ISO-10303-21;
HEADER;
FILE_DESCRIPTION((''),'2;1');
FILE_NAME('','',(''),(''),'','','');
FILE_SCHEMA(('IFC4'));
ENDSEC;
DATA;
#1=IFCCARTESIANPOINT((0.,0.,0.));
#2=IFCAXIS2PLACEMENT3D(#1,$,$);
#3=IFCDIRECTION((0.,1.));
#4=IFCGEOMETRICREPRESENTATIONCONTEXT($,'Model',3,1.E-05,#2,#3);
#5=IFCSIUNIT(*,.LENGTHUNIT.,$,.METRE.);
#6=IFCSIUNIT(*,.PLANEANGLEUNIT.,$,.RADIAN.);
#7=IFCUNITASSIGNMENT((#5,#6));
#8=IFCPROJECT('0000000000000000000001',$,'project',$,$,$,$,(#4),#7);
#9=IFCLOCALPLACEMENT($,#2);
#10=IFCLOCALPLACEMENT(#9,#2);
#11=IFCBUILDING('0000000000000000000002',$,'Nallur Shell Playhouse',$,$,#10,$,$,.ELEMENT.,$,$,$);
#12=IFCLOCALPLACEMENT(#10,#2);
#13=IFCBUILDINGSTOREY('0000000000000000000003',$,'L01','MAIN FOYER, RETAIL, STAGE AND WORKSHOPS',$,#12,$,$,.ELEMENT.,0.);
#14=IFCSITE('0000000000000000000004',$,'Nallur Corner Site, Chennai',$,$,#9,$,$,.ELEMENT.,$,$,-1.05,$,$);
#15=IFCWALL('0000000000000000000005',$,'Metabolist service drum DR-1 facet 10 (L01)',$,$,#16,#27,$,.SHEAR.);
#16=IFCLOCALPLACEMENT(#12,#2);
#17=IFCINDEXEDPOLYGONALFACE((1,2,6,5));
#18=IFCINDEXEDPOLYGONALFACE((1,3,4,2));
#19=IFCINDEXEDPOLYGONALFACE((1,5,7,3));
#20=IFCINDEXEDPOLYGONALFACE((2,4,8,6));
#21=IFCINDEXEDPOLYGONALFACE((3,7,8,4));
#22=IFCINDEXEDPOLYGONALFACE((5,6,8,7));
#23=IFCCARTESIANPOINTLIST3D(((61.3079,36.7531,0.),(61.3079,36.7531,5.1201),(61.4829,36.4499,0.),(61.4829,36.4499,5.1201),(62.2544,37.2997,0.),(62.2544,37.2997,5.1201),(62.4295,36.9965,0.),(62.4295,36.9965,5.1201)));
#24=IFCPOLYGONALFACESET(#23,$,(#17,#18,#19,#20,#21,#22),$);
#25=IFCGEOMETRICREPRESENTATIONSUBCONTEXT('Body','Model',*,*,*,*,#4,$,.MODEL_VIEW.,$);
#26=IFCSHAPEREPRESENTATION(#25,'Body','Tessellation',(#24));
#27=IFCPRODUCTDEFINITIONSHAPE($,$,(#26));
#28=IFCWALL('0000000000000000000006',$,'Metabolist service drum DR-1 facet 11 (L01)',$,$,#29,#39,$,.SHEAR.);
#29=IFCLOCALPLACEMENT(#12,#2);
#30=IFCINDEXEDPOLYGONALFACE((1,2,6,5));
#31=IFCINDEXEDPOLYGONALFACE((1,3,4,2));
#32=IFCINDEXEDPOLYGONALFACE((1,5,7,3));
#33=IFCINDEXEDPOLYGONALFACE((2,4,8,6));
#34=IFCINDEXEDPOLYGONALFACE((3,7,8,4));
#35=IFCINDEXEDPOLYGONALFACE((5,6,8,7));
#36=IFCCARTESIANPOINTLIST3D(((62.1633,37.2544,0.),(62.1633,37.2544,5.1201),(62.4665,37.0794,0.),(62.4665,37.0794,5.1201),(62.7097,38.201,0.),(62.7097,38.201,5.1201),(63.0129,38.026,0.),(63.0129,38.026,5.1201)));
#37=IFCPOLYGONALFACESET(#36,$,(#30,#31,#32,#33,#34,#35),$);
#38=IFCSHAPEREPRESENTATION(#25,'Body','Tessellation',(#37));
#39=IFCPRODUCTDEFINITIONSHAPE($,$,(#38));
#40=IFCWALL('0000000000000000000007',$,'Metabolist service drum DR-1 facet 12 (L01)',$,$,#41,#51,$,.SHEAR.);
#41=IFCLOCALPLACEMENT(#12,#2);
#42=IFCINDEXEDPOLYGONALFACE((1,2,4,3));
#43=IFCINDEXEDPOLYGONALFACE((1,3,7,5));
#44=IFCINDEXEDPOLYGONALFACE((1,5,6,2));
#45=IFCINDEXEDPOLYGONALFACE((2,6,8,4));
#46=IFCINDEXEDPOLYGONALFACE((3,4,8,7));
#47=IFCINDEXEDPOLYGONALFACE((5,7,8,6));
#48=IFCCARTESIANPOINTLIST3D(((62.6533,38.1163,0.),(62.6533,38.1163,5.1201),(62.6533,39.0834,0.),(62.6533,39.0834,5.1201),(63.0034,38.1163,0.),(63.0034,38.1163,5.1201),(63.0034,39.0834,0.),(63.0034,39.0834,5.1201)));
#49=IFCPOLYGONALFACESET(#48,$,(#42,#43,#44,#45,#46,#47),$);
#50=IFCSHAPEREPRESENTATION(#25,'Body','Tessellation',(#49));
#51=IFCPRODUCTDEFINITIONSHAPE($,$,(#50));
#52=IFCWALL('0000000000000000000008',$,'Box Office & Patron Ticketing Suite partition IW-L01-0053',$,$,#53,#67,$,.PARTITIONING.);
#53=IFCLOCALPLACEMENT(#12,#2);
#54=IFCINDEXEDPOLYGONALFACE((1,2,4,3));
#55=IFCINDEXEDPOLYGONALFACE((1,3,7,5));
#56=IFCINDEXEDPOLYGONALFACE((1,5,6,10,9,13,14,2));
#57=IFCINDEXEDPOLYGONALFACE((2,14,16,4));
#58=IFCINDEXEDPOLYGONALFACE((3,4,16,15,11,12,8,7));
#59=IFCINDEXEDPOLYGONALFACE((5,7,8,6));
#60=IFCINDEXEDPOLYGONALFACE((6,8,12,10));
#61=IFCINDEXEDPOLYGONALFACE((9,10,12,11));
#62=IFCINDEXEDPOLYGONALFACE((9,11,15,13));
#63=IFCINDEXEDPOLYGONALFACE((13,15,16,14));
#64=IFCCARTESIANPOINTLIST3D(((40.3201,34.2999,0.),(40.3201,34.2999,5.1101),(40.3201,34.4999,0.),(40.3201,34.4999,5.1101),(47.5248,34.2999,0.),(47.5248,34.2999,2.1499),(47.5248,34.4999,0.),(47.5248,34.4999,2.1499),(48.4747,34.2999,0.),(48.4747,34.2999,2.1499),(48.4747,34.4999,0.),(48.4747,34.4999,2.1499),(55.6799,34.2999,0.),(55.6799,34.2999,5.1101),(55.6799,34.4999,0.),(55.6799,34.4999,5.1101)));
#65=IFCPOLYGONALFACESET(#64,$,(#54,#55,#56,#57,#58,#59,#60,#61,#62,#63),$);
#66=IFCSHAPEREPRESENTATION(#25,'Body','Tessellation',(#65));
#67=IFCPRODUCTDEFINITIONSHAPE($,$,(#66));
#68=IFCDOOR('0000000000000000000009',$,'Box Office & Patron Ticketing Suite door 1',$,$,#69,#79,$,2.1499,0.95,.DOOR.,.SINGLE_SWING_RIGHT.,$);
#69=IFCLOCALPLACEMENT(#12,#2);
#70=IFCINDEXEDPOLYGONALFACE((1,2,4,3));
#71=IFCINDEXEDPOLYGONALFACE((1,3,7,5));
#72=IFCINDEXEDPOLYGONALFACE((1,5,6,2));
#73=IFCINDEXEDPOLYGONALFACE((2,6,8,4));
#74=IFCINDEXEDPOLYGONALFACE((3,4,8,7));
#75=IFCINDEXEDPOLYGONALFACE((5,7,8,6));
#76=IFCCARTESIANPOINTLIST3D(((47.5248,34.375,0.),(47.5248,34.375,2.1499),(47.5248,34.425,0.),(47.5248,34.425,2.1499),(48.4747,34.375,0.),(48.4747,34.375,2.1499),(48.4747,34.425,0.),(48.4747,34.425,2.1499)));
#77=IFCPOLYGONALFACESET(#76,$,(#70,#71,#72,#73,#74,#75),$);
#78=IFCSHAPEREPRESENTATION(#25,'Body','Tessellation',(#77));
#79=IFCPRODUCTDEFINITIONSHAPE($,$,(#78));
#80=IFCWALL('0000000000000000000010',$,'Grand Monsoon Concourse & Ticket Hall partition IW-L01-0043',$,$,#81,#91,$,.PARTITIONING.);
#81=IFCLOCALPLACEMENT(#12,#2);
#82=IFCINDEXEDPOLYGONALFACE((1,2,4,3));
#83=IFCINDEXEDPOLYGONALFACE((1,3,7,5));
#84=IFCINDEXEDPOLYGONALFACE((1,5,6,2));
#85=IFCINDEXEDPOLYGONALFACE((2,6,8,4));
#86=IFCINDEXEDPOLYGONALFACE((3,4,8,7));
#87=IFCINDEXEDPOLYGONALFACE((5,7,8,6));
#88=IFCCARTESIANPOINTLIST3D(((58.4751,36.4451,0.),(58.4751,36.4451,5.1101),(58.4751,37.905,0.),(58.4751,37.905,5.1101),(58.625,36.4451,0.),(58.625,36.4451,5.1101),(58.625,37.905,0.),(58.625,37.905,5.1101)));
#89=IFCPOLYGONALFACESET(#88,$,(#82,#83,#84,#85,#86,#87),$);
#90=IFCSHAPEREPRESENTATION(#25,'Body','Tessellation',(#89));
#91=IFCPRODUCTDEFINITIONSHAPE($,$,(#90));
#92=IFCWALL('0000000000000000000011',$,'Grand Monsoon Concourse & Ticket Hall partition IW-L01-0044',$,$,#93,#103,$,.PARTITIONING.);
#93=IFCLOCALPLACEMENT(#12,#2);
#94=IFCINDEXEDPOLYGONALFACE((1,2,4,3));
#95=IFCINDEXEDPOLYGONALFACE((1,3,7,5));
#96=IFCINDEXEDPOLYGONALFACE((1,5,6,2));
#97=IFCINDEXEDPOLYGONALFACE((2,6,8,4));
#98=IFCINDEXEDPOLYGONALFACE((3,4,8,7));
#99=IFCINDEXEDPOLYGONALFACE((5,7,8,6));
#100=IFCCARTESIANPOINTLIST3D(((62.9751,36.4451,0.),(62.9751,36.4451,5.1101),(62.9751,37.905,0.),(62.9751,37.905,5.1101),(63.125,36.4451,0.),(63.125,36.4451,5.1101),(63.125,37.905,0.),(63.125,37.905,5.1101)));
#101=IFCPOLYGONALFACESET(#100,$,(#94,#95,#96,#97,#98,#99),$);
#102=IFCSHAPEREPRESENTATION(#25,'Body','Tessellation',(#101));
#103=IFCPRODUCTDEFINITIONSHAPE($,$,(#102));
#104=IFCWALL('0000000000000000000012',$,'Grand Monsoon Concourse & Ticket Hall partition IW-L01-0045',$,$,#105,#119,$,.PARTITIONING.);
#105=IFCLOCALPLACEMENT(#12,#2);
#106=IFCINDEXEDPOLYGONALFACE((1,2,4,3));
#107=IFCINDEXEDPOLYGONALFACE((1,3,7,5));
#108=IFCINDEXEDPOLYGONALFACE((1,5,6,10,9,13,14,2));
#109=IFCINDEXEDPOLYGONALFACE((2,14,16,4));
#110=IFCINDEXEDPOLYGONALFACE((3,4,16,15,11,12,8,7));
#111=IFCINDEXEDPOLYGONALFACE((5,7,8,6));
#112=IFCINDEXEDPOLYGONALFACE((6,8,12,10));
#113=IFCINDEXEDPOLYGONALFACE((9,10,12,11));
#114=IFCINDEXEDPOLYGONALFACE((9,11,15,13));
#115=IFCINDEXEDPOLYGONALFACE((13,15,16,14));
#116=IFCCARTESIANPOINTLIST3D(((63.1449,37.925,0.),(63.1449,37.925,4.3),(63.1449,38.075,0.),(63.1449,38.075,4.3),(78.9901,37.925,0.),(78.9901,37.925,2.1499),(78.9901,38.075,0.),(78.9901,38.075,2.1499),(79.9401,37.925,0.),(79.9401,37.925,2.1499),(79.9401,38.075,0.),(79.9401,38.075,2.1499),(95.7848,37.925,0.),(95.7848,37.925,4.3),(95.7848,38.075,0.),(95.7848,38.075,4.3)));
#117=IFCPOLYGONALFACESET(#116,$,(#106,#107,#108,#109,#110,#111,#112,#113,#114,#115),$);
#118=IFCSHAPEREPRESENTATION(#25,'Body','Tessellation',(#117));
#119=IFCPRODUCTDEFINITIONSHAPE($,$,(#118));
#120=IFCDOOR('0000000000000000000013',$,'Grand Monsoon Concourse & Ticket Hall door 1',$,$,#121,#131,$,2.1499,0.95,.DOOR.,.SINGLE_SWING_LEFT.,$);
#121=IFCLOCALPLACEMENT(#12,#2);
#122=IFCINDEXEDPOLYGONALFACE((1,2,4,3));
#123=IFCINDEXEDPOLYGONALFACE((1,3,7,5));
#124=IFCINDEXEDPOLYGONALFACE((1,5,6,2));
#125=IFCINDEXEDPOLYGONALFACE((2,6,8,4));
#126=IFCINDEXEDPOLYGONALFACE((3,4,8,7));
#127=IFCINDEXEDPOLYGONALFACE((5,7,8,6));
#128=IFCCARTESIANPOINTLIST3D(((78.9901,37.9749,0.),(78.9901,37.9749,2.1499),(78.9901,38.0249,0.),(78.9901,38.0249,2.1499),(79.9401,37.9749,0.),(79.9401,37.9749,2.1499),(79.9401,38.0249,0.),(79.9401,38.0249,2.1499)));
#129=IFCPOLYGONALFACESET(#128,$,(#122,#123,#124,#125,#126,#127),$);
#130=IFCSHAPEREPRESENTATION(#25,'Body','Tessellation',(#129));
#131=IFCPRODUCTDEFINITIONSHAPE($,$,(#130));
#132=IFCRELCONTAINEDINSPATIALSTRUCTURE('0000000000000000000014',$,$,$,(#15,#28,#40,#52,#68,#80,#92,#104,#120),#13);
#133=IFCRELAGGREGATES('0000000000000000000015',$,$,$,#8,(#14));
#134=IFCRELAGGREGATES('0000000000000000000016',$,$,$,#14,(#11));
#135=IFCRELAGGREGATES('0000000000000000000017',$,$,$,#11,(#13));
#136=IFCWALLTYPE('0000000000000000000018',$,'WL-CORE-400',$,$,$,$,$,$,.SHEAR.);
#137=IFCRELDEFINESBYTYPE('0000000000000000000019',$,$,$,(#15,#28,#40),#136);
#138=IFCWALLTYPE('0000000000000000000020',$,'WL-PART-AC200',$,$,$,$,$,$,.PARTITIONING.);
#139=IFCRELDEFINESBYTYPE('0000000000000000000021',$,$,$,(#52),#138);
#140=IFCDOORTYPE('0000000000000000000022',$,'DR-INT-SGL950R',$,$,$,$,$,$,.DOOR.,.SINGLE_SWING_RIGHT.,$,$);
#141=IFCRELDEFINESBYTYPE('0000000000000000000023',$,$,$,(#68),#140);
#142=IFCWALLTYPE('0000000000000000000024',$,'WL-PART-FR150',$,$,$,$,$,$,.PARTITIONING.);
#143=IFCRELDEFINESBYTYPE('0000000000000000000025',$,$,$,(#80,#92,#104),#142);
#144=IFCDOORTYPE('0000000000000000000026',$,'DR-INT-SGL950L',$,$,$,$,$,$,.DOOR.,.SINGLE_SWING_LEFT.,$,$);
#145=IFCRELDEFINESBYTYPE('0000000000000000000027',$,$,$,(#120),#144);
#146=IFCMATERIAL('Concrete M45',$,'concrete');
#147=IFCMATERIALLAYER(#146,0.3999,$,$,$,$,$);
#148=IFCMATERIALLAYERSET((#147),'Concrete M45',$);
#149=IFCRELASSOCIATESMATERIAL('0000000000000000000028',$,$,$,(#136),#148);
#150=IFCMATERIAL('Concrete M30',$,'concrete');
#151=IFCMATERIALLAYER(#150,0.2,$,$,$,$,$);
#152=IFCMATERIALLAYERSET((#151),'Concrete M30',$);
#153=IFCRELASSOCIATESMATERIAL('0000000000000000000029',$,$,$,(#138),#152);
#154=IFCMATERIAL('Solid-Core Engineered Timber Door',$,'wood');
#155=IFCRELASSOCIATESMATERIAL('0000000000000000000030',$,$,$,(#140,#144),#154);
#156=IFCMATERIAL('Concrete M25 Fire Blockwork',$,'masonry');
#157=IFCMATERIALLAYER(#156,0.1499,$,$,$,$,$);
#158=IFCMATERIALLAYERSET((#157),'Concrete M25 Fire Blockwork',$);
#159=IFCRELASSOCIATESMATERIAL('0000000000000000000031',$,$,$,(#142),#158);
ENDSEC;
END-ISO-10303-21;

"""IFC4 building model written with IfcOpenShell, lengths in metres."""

from ifc_helpers import new_model, si_unit, direction, frame, frame_2d, origin, place, context, subcontext, project, spatial, rectangle, extrude, material, layer, layer_set, type_object, element, fill, save


model = new_model("IFC4")

# Units and contexts
model_context = context("Model", 3, precision=1e-05, world=origin(), true_north=direction((0.0, 1.0)))
body_context = subcontext(model_context, "Body", "Model", "MODEL_VIEW")
ifc_project = project(units=[si_unit("LENGTHUNIT", "METRE"), si_unit("PLANEANGLEUNIT", "RADIAN")], contexts=[model_context])

# Site, building, storey
site_placement = place(None, origin())
site = spatial("IfcSite", under=ifc_project, at=site_placement, Name="Nallur Corner Site, Chennai", CompositionType="ELEMENT", RefElevation=-1.05)
building_placement = place(site_placement, origin())
building = spatial("IfcBuilding", under=site, at=building_placement, Name="Nallur Shell Playhouse", CompositionType="ELEMENT")
storey_placement = place(building_placement, origin())
storey = spatial("IfcBuildingStorey", under=building, at=storey_placement, Name="L01", Description="MAIN FOYER, RETAIL, STAGE AND WORKSHOPS", CompositionType="ELEMENT", Elevation=0.0)

# Walls
ifc_material_1 = material(Name="Concrete M45", Category="concrete")
ifc_layer_1 = layer(ifc_material_1, 0.3999)
ifc_layer_set_1 = layer_set([ifc_layer_1], Name="Concrete M45")
wall_type_1 = type_object("IfcWallType", Name="WL-CORE-400", PredefinedType="SHEAR", material=ifc_layer_set_1)
for number, where, z_axis, x_axis, name in (
    (1, (61.3955, 36.6016, 0.0), (0.0, 0.0, 1.0), (0.865966, 0.500103, 0.0), "Metabolist service drum DR-1 facet 10 (L01)"),
    (2, (62.3149, 37.167, 0.0), (0.0, 0.0, 1.0), (0.499935, 0.866063, 0.0), "Metabolist service drum DR-1 facet 11 (L01)"),
):
    element("IfcWall", number, at=place(storey_placement, frame(where, z_axis=z_axis, x_axis=x_axis)), inside=storey, type_object=wall_type_1, Name=name, PredefinedType="SHEAR", context=body_context, shape_type="SweptSolid", body=[
        extrude(rectangle(XDim=1.093, YDim=0.3501, at=frame_2d((0.5464, 0.0))), origin(), (0.0, 0.0, 1.0), 5.1201),
    ])
wall_1_placement = place(storey_placement, frame((62.8284, 38.1165, 0.0), z_axis=(0.0, 0.0, 1.0), x_axis=(0.0, 1.0, 0.0)))
element("IfcWall", 3, at=wall_1_placement, inside=storey, type_object=wall_type_1, Name="Metabolist service drum DR-1 facet 12 (L01)", PredefinedType="SHEAR", context=body_context, shape_type="SweptSolid", body=[
    extrude(rectangle(XDim=0.967, YDim=0.3501, at=frame_2d((0.4834, 0.0))), origin(), (0.0, 0.0, 1.0), 5.1201),
])

# Wall, opening, door
ifc_material_2 = material(Name="Concrete M30", Category="concrete")
ifc_layer_2 = layer(ifc_material_2, 0.2)
ifc_layer_set_2 = layer_set([ifc_layer_2], Name="Concrete M30")
wall_type_2 = type_object("IfcWallType", Name="WL-PART-AC200", PredefinedType="PARTITIONING", material=ifc_layer_set_2)
wall_2_placement = place(storey_placement, frame((55.6799, 34.3999, 0.0), z_axis=(0.0, 0.0, 1.0), x_axis=(-1.0, 0.0, 0.0)))
wall_2 = element("IfcWall", 4, at=wall_2_placement, inside=storey, type_object=wall_type_2, Name="Box Office & Patron Ticketing Suite partition IW-L01-0053", PredefinedType="PARTITIONING", context=body_context, shape_type="SweptSolid", body=[
    extrude(rectangle(XDim=15.3599, YDim=0.2, at=frame_2d((7.6799, 0.0))), origin(), (0.0, 0.0, 1.0), 5.1101),
])
opening_1_placement = place(wall_2_placement, frame((7.2051, 0.0, 0.0)))
opening_1 = element("IfcOpeningElement", 5, at=opening_1_placement, cuts=wall_2, PredefinedType="OPENING", context=body_context, shape_type="SweptSolid", body=[
    extrude(rectangle(XDim=0.95, YDim=2.1499, at=frame_2d((0.4751, 1.075))), frame((0.0, 0.1099, 0.0), z_axis=(0.0, -1.0, 0.0), x_axis=(1.0, 0.0, 0.0)), (0.0, 0.0, 1.0), 0.22),
])
ifc_material_3 = material(Name="Solid-Core Engineered Timber Door", Category="wood")
door_type_1 = type_object("IfcDoorType", Name="DR-INT-SGL950R", OperationType="SINGLE_SWING_RIGHT", PredefinedType="DOOR", material=ifc_material_3)
door_1_placement = place(opening_1_placement, origin())
door_1 = element("IfcDoor", 6, at=door_1_placement, inside=storey, type_object=door_type_1, Name="Box Office & Patron Ticketing Suite door 1", OperationType="SINGLE_SWING_RIGHT", OverallHeight=2.1499, OverallWidth=0.95, PredefinedType="DOOR", context=body_context, shape_type="SweptSolid", body=[
    extrude(rectangle(XDim=0.95, YDim=2.1499, at=frame_2d((0.4751, 1.075))), frame((0.0, 0.0249, 0.0), z_axis=(0.0, -1.0, 0.0), x_axis=(1.0, 0.0, 0.0)), (0.0, 0.0, 1.0), 0.05),
])
fill(opening_1, door_1)

# Walls
ifc_material_4 = material(Name="Concrete M25 Fire Blockwork", Category="masonry")
ifc_layer_3 = layer(ifc_material_4, 0.1499)
ifc_layer_set_3 = layer_set([ifc_layer_3], Name="Concrete M25 Fire Blockwork")
wall_type_3 = type_object("IfcWallType", Name="WL-PART-FR150", PredefinedType="PARTITIONING", material=ifc_layer_set_3)
for number, where, z_axis, x_axis, name in (
    (7, (58.55, 37.905, 0.0), (0.0, 0.0, 1.0), (0.0, -1.0, 0.0), "Grand Monsoon Concourse & Ticket Hall partition IW-L01-0043"),
    (8, (63.05, 36.4451, 0.0), (0.0, 0.0, 1.0), (0.0, 1.0, 0.0), "Grand Monsoon Concourse & Ticket Hall partition IW-L01-0044"),
):
    element("IfcWall", number, at=place(storey_placement, frame(where, z_axis=z_axis, x_axis=x_axis)), inside=storey, type_object=wall_type_3, Name=name, PredefinedType="PARTITIONING", context=body_context, shape_type="SweptSolid", body=[
        extrude(rectangle(XDim=1.46, YDim=0.1499, at=frame_2d((0.73, 0.0))), origin(), (0.0, 0.0, 1.0), 5.1101),
    ])

# Wall, opening, door
wall_3_placement = place(storey_placement, frame((63.145, 38.0, 0.0), z_axis=(0.0, 0.0, 1.0), x_axis=(1.0, 0.0, 0.0)))
wall_3 = element("IfcWall", 9, at=wall_3_placement, inside=storey, type_object=wall_type_3, Name="Grand Monsoon Concourse & Ticket Hall partition IW-L01-0045", PredefinedType="PARTITIONING", context=body_context, shape_type="SweptSolid", body=[
    extrude(rectangle(XDim=32.6399, YDim=0.1499, at=frame_2d((16.3198, 0.0))), origin(), (0.0, 0.0, 1.0), 4.3),
])
opening_2_placement = place(wall_3_placement, frame((15.845, 0.0, 0.0)))
opening_2 = element("IfcOpeningElement", 10, at=opening_2_placement, cuts=wall_3, PredefinedType="OPENING", context=body_context, shape_type="SweptSolid", body=[
    extrude(rectangle(XDim=0.95, YDim=2.1499, at=frame_2d((0.4751, 1.075))), frame((0.0, 0.085, 0.0), z_axis=(0.0, -1.0, 0.0), x_axis=(1.0, 0.0, 0.0)), (0.0, 0.0, 1.0), 0.1699),
])
door_type_2 = type_object("IfcDoorType", Name="DR-INT-SGL950L", OperationType="SINGLE_SWING_LEFT", PredefinedType="DOOR", material=ifc_material_3)
door_2_placement = place(opening_2_placement, origin())
door_2 = element("IfcDoor", 11, at=door_2_placement, inside=storey, type_object=door_type_2, Name="Grand Monsoon Concourse & Ticket Hall door 1", OperationType="SINGLE_SWING_LEFT", OverallHeight=2.1499, OverallWidth=0.95, PredefinedType="DOOR", context=body_context, shape_type="SweptSolid", body=[
    extrude(rectangle(XDim=0.95, YDim=2.1499, at=frame_2d((0.4751, 1.075))), frame((0.0, 0.0249, 0.0), z_axis=(0.0, -1.0, 0.0), x_axis=(1.0, 0.0, 0.0)), (0.0, 0.0, 1.0), 0.05),
])
fill(opening_2, door_2)

save(model, "model.ifc")
